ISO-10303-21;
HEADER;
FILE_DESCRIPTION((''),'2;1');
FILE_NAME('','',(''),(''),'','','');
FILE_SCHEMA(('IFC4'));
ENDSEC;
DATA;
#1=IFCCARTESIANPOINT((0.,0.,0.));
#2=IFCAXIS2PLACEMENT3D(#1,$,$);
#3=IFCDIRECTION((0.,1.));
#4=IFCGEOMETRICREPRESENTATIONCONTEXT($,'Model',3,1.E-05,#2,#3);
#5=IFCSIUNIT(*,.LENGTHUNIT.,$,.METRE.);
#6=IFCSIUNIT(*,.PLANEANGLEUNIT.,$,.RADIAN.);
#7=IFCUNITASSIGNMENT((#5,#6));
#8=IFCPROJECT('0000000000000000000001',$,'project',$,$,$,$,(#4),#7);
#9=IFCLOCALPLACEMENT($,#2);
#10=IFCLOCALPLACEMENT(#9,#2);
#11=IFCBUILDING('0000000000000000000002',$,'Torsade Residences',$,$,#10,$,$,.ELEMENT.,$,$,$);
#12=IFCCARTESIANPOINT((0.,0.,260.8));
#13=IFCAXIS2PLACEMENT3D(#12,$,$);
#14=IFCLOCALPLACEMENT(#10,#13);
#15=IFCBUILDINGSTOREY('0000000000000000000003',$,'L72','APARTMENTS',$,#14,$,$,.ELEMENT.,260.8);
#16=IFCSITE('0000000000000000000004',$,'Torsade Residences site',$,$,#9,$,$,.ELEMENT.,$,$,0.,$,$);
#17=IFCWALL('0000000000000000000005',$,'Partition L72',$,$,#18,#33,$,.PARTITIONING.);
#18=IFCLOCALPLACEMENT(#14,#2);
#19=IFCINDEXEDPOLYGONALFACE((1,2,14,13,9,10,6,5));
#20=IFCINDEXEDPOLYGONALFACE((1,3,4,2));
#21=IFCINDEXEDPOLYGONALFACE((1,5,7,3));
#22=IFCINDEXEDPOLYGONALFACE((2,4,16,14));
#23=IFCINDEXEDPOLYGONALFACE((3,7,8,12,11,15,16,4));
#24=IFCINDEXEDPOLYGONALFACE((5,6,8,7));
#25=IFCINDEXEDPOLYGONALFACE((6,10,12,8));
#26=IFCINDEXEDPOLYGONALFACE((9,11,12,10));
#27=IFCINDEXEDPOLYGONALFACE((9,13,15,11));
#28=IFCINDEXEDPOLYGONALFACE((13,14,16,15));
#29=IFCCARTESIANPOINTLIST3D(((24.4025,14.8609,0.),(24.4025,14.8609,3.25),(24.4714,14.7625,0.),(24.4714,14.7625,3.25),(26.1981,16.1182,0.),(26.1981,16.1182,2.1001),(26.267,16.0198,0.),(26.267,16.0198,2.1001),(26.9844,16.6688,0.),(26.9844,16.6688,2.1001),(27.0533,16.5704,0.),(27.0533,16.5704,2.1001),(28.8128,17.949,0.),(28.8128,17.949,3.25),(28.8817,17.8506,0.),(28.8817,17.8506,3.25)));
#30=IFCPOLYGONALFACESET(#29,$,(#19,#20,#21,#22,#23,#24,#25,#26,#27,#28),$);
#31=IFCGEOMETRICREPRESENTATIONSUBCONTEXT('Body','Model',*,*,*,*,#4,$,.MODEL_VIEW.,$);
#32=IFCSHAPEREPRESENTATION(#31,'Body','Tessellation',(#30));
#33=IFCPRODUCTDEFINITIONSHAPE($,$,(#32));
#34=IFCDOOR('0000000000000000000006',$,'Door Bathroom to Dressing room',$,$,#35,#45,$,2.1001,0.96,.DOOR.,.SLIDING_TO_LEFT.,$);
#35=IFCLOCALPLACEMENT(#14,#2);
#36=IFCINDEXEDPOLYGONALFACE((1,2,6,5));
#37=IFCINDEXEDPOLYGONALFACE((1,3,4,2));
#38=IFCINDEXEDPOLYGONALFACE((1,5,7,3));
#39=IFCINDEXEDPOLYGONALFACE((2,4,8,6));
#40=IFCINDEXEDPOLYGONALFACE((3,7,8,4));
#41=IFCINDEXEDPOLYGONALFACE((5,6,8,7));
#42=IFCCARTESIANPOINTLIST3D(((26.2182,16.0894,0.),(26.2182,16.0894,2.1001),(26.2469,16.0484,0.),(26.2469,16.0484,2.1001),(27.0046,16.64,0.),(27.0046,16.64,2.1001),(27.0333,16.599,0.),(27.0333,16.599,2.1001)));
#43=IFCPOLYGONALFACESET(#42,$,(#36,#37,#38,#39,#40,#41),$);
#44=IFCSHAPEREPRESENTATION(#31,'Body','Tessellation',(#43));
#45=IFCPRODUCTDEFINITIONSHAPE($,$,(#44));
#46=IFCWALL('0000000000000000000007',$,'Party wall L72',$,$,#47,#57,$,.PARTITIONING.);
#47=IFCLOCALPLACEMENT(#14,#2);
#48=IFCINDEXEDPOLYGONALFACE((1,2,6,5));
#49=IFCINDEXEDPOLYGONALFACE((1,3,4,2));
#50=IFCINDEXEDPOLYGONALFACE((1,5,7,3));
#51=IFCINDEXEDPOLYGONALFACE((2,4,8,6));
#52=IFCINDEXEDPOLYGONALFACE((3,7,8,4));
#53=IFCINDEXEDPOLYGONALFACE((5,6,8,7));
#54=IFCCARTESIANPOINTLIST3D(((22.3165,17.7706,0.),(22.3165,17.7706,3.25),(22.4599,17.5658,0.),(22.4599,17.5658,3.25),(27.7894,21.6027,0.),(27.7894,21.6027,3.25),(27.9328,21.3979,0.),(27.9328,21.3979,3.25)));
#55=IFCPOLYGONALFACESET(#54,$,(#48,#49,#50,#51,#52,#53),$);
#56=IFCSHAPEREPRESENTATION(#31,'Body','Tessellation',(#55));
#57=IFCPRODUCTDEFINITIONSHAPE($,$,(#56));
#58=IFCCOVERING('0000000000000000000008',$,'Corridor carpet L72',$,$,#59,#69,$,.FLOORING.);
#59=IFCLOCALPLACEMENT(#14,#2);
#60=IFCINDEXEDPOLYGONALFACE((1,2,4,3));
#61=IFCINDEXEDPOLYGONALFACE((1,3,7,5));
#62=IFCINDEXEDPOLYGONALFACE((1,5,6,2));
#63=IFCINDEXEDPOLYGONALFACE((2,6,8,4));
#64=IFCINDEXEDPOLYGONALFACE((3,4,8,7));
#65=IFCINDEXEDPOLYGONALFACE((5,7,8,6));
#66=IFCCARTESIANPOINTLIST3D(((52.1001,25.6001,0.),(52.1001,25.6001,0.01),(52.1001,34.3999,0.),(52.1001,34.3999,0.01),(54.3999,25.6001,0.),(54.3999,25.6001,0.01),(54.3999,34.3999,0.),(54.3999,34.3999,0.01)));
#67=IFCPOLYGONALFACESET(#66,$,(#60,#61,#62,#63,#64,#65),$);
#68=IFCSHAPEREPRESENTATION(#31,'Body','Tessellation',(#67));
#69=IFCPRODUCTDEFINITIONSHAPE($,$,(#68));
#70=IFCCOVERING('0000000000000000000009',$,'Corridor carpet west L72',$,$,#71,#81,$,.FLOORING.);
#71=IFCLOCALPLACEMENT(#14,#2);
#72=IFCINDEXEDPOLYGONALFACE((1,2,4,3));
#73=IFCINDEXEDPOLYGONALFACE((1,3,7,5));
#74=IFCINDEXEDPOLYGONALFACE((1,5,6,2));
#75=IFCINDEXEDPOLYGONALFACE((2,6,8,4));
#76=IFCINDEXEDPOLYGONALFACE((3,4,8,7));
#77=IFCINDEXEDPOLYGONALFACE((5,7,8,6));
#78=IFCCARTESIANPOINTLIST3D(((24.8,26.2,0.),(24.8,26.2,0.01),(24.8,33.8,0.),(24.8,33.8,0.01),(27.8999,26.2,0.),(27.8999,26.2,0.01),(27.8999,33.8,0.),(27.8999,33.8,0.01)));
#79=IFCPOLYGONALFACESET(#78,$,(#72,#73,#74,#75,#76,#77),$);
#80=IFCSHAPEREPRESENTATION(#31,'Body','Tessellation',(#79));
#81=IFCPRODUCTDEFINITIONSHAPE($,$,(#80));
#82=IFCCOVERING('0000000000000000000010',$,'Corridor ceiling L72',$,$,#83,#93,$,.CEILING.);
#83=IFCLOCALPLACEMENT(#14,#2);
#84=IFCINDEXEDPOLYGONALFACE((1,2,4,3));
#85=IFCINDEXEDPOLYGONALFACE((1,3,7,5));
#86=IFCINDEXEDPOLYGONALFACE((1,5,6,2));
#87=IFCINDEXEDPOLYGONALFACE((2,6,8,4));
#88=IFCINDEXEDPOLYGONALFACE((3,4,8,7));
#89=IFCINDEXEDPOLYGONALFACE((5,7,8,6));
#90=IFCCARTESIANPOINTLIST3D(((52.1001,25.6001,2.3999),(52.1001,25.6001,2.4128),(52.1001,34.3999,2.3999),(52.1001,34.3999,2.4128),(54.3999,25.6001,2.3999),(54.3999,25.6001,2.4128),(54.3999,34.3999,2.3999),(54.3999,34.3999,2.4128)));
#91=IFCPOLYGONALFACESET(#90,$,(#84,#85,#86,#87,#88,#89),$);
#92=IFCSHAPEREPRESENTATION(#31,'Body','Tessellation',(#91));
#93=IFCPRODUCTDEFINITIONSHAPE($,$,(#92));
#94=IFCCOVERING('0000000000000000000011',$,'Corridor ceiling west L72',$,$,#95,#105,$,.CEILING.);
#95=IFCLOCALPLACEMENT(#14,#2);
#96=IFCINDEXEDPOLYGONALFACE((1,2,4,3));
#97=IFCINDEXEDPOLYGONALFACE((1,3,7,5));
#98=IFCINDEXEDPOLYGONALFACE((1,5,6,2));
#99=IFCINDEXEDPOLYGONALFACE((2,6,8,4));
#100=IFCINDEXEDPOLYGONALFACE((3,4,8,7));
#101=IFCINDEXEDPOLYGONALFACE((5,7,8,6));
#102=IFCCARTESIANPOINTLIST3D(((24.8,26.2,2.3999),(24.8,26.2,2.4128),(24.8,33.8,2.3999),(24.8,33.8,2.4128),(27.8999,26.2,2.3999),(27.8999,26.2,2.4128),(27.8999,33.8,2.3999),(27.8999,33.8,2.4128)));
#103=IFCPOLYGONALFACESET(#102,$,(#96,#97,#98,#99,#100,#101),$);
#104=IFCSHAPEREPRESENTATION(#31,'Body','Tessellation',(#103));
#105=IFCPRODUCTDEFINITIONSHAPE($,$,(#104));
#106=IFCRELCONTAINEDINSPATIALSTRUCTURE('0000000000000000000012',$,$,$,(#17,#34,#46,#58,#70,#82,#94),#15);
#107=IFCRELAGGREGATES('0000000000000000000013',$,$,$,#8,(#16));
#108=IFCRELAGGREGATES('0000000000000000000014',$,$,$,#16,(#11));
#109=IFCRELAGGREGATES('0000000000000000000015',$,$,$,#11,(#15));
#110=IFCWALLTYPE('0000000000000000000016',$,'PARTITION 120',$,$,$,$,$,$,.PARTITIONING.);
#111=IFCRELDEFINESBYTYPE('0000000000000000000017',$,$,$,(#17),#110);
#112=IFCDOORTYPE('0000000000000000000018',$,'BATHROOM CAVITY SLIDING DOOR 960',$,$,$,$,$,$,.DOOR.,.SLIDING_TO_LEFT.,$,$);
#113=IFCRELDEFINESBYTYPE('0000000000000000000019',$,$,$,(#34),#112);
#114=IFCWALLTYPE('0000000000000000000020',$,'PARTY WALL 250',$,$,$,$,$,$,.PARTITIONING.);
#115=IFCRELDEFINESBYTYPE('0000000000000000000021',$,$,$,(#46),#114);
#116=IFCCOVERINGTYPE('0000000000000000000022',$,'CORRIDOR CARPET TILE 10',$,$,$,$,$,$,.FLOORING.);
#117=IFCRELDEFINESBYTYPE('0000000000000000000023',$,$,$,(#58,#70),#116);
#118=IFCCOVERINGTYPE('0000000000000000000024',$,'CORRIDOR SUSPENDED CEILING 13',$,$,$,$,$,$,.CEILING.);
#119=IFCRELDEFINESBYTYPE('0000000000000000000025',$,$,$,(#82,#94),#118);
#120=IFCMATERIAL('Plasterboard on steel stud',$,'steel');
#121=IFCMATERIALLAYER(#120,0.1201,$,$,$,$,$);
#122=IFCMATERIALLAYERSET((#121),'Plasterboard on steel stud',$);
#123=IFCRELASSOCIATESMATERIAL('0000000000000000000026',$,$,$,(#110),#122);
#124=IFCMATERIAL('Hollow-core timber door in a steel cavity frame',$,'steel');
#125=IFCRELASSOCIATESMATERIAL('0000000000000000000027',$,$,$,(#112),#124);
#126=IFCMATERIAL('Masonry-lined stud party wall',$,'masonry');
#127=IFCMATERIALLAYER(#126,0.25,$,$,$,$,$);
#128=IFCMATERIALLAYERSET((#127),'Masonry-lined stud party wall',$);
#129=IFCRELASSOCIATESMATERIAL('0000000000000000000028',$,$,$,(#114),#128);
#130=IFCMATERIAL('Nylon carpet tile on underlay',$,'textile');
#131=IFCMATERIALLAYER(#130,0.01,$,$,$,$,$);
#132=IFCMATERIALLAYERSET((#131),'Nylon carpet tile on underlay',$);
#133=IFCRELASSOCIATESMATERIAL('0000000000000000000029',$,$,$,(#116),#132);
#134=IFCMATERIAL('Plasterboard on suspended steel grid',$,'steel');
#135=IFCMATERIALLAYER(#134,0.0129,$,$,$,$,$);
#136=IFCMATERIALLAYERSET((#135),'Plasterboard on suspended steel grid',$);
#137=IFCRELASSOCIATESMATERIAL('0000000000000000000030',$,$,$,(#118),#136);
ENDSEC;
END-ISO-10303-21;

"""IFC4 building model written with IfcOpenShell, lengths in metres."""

from ifc_helpers import new_model, si_unit, direction, frame, frame_2d, origin, place, context, subcontext, project, spatial, polyline, rectangle, outline, extrude, material, layer, layer_set, type_object, element, fill, save


model = new_model("IFC4")

# Units and contexts
model_context = context("Model", 3, precision=1e-05, world=origin(), true_north=direction((0.0, 1.0)))
body_context = subcontext(model_context, "Body", "Model", "MODEL_VIEW")
ifc_project = project(units=[si_unit("LENGTHUNIT", "METRE"), si_unit("PLANEANGLEUNIT", "RADIAN")], contexts=[model_context])

# Site, building, storey
site_placement = place(None, origin())
site = spatial("IfcSite", under=ifc_project, at=site_placement, Name="Torsade Residences site", CompositionType="ELEMENT", RefElevation=0.0)
building_placement = place(site_placement, origin())
building = spatial("IfcBuilding", under=site, at=building_placement, Name="Torsade Residences", CompositionType="ELEMENT")
storey_placement = place(building_placement, frame((0.0, 0.0, 260.8)))
storey = spatial("IfcBuildingStorey", under=building, at=storey_placement, Name="L72", Description="APARTMENTS", CompositionType="ELEMENT", Elevation=260.8)

# Wall, opening, door
ifc_material_1 = material(Name="Plasterboard on steel stud", Category="steel")
ifc_layer_1 = layer(ifc_material_1, 0.1201)
ifc_layer_set_1 = layer_set([ifc_layer_1], Name="Plasterboard on steel stud")
wall_type_1 = type_object("IfcWallType", Name="PARTITION 120", PredefinedType="PARTITIONING", material=ifc_layer_set_1)
wall_1_placement = place(storey_placement, frame((24.437, 14.8118, 0.0), z_axis=(0.0, 0.0, 1.0), x_axis=(0.819157, 0.573569, 0.0)))
wall_1 = element("IfcWall", 1, at=wall_1_placement, inside=storey, type_object=wall_type_1, Name="Partition L72", PredefinedType="PARTITIONING", context=body_context, shape_type="SweptSolid", body=[
    extrude(rectangle(XDim=5.384, YDim=0.1201, at=frame_2d((2.6919, 0.0))), origin(), (0.0, 0.0, 1.0), 3.25),
])
opening_placement = place(wall_1_placement, frame((2.1919, 0.0, 0.0)))
opening = element("IfcOpeningElement", 2, at=opening_placement, cuts=wall_1, PredefinedType="OPENING", context=body_context, shape_type="SweptSolid", body=[
    extrude(rectangle(XDim=0.96, YDim=2.1001, at=frame_2d((0.48, 1.05))), frame((0.0, 0.0701, 0.0), z_axis=(0.0, -1.0, 0.0), x_axis=(1.0, 0.0, 0.0)), (0.0, 0.0, 1.0), 0.1401),
])
ifc_material_2 = material(Name="Hollow-core timber door in a steel cavity frame", Category="steel")
door_type = type_object("IfcDoorType", Name="BATHROOM CAVITY SLIDING DOOR 960", OperationType="SLIDING_TO_LEFT", PredefinedType="DOOR", material=ifc_material_2)
door_placement = place(opening_placement, origin())
door = element("IfcDoor", 3, at=door_placement, inside=storey, type_object=door_type, Name="Door Bathroom to Dressing room", OperationType="SLIDING_TO_LEFT", OverallHeight=2.1001, OverallWidth=0.96, PredefinedType="DOOR", context=body_context, shape_type="SweptSolid", body=[
    extrude(rectangle(XDim=0.96, YDim=2.1001, at=frame_2d((0.48, 1.05))), frame((0.0, 0.0249, 0.0), z_axis=(0.0, -1.0, 0.0), x_axis=(1.0, 0.0, 0.0)), (0.0, 0.0, 1.0), 0.05),
])
fill(opening, door)

# Wall
ifc_material_3 = material(Name="Masonry-lined stud party wall", Category="masonry")
ifc_layer_2 = layer(ifc_material_3, 0.25)
ifc_layer_set_2 = layer_set([ifc_layer_2], Name="Masonry-lined stud party wall")
wall_type_2 = type_object("IfcWallType", Name="PARTY WALL 250", PredefinedType="PARTITIONING", material=ifc_layer_set_2)
wall_2_placement = place(storey_placement, frame((22.3882, 17.6682, 0.0), z_axis=(0.0, 0.0, 1.0), x_axis=(0.819162, 0.573563, 0.0)))
element("IfcWall", 4, at=wall_2_placement, inside=storey, type_object=wall_type_2, Name="Party wall L72", PredefinedType="PARTITIONING", context=body_context, shape_type="SweptSolid", body=[
    extrude(rectangle(XDim=6.6812, YDim=0.25, at=frame_2d((3.3406, 0.0))), origin(), (0.0, 0.0, 1.0), 3.25),
])

# Coverings
ifc_material_4 = material(Name="Nylon carpet tile on underlay", Category="textile")
ifc_layer_3 = layer(ifc_material_4, 0.01)
ifc_layer_set_3 = layer_set([ifc_layer_3], Name="Nylon carpet tile on underlay")
covering_type_1 = type_object("IfcCoveringType", Name="CORRIDOR CARPET TILE 10", PredefinedType="FLOORING", material=ifc_layer_set_3)
covering_1_placement = place(storey_placement, origin())
element("IfcCovering", 5, at=covering_1_placement, inside=storey, type_object=covering_type_1, Name="Corridor carpet L72", PredefinedType="FLOORING", context=body_context, shape_type="SweptSolid", body=[
    extrude(outline(polyline([(54.3999, 25.6001), (54.3999, 34.3999), (52.1001, 34.3999), (52.1001, 25.6001), (54.3999, 25.6001)])), origin(), (0.0, 0.0, 1.0), 0.01),
])
covering_2_placement = place(storey_placement, origin())
element("IfcCovering", 6, at=covering_2_placement, inside=storey, type_object=covering_type_1, Name="Corridor carpet west L72", PredefinedType="FLOORING", context=body_context, shape_type="SweptSolid", body=[
    extrude(outline(polyline([(27.8999, 26.2), (27.8999, 33.8), (24.8, 33.8), (24.8, 26.2), (27.8999, 26.2)])), origin(), (0.0, 0.0, 1.0), 0.01),
])
ifc_material_5 = material(Name="Plasterboard on suspended steel grid", Category="steel")
ifc_layer_4 = layer(ifc_material_5, 0.0129)
ifc_layer_set_4 = layer_set([ifc_layer_4], Name="Plasterboard on suspended steel grid")
covering_type_2 = type_object("IfcCoveringType", Name="CORRIDOR SUSPENDED CEILING 13", PredefinedType="CEILING", material=ifc_layer_set_4)
covering_3_placement = place(storey_placement, frame((0.0, 0.0, 2.3999)))
element("IfcCovering", 7, at=covering_3_placement, inside=storey, type_object=covering_type_2, Name="Corridor ceiling L72", PredefinedType="CEILING", context=body_context, shape_type="SweptSolid", body=[
    extrude(outline(polyline([(54.3999, 25.6001), (54.3999, 34.3999), (52.1001, 34.3999), (52.1001, 25.6001), (54.3999, 25.6001)])), origin(), (0.0, 0.0, 1.0), 0.0129),
])
covering_4_placement = place(storey_placement, frame((0.0, 0.0, 2.3999)))
element("IfcCovering", 8, at=covering_4_placement, inside=storey, type_object=covering_type_2, Name="Corridor ceiling west L72", PredefinedType="CEILING", context=body_context, shape_type="SweptSolid", body=[
    extrude(outline(polyline([(27.8999, 26.2), (27.8999, 33.8), (24.8, 33.8), (24.8, 26.2), (27.8999, 26.2)])), origin(), (0.0, 0.0, 1.0), 0.0129),
])

save(model, "model.ifc")
